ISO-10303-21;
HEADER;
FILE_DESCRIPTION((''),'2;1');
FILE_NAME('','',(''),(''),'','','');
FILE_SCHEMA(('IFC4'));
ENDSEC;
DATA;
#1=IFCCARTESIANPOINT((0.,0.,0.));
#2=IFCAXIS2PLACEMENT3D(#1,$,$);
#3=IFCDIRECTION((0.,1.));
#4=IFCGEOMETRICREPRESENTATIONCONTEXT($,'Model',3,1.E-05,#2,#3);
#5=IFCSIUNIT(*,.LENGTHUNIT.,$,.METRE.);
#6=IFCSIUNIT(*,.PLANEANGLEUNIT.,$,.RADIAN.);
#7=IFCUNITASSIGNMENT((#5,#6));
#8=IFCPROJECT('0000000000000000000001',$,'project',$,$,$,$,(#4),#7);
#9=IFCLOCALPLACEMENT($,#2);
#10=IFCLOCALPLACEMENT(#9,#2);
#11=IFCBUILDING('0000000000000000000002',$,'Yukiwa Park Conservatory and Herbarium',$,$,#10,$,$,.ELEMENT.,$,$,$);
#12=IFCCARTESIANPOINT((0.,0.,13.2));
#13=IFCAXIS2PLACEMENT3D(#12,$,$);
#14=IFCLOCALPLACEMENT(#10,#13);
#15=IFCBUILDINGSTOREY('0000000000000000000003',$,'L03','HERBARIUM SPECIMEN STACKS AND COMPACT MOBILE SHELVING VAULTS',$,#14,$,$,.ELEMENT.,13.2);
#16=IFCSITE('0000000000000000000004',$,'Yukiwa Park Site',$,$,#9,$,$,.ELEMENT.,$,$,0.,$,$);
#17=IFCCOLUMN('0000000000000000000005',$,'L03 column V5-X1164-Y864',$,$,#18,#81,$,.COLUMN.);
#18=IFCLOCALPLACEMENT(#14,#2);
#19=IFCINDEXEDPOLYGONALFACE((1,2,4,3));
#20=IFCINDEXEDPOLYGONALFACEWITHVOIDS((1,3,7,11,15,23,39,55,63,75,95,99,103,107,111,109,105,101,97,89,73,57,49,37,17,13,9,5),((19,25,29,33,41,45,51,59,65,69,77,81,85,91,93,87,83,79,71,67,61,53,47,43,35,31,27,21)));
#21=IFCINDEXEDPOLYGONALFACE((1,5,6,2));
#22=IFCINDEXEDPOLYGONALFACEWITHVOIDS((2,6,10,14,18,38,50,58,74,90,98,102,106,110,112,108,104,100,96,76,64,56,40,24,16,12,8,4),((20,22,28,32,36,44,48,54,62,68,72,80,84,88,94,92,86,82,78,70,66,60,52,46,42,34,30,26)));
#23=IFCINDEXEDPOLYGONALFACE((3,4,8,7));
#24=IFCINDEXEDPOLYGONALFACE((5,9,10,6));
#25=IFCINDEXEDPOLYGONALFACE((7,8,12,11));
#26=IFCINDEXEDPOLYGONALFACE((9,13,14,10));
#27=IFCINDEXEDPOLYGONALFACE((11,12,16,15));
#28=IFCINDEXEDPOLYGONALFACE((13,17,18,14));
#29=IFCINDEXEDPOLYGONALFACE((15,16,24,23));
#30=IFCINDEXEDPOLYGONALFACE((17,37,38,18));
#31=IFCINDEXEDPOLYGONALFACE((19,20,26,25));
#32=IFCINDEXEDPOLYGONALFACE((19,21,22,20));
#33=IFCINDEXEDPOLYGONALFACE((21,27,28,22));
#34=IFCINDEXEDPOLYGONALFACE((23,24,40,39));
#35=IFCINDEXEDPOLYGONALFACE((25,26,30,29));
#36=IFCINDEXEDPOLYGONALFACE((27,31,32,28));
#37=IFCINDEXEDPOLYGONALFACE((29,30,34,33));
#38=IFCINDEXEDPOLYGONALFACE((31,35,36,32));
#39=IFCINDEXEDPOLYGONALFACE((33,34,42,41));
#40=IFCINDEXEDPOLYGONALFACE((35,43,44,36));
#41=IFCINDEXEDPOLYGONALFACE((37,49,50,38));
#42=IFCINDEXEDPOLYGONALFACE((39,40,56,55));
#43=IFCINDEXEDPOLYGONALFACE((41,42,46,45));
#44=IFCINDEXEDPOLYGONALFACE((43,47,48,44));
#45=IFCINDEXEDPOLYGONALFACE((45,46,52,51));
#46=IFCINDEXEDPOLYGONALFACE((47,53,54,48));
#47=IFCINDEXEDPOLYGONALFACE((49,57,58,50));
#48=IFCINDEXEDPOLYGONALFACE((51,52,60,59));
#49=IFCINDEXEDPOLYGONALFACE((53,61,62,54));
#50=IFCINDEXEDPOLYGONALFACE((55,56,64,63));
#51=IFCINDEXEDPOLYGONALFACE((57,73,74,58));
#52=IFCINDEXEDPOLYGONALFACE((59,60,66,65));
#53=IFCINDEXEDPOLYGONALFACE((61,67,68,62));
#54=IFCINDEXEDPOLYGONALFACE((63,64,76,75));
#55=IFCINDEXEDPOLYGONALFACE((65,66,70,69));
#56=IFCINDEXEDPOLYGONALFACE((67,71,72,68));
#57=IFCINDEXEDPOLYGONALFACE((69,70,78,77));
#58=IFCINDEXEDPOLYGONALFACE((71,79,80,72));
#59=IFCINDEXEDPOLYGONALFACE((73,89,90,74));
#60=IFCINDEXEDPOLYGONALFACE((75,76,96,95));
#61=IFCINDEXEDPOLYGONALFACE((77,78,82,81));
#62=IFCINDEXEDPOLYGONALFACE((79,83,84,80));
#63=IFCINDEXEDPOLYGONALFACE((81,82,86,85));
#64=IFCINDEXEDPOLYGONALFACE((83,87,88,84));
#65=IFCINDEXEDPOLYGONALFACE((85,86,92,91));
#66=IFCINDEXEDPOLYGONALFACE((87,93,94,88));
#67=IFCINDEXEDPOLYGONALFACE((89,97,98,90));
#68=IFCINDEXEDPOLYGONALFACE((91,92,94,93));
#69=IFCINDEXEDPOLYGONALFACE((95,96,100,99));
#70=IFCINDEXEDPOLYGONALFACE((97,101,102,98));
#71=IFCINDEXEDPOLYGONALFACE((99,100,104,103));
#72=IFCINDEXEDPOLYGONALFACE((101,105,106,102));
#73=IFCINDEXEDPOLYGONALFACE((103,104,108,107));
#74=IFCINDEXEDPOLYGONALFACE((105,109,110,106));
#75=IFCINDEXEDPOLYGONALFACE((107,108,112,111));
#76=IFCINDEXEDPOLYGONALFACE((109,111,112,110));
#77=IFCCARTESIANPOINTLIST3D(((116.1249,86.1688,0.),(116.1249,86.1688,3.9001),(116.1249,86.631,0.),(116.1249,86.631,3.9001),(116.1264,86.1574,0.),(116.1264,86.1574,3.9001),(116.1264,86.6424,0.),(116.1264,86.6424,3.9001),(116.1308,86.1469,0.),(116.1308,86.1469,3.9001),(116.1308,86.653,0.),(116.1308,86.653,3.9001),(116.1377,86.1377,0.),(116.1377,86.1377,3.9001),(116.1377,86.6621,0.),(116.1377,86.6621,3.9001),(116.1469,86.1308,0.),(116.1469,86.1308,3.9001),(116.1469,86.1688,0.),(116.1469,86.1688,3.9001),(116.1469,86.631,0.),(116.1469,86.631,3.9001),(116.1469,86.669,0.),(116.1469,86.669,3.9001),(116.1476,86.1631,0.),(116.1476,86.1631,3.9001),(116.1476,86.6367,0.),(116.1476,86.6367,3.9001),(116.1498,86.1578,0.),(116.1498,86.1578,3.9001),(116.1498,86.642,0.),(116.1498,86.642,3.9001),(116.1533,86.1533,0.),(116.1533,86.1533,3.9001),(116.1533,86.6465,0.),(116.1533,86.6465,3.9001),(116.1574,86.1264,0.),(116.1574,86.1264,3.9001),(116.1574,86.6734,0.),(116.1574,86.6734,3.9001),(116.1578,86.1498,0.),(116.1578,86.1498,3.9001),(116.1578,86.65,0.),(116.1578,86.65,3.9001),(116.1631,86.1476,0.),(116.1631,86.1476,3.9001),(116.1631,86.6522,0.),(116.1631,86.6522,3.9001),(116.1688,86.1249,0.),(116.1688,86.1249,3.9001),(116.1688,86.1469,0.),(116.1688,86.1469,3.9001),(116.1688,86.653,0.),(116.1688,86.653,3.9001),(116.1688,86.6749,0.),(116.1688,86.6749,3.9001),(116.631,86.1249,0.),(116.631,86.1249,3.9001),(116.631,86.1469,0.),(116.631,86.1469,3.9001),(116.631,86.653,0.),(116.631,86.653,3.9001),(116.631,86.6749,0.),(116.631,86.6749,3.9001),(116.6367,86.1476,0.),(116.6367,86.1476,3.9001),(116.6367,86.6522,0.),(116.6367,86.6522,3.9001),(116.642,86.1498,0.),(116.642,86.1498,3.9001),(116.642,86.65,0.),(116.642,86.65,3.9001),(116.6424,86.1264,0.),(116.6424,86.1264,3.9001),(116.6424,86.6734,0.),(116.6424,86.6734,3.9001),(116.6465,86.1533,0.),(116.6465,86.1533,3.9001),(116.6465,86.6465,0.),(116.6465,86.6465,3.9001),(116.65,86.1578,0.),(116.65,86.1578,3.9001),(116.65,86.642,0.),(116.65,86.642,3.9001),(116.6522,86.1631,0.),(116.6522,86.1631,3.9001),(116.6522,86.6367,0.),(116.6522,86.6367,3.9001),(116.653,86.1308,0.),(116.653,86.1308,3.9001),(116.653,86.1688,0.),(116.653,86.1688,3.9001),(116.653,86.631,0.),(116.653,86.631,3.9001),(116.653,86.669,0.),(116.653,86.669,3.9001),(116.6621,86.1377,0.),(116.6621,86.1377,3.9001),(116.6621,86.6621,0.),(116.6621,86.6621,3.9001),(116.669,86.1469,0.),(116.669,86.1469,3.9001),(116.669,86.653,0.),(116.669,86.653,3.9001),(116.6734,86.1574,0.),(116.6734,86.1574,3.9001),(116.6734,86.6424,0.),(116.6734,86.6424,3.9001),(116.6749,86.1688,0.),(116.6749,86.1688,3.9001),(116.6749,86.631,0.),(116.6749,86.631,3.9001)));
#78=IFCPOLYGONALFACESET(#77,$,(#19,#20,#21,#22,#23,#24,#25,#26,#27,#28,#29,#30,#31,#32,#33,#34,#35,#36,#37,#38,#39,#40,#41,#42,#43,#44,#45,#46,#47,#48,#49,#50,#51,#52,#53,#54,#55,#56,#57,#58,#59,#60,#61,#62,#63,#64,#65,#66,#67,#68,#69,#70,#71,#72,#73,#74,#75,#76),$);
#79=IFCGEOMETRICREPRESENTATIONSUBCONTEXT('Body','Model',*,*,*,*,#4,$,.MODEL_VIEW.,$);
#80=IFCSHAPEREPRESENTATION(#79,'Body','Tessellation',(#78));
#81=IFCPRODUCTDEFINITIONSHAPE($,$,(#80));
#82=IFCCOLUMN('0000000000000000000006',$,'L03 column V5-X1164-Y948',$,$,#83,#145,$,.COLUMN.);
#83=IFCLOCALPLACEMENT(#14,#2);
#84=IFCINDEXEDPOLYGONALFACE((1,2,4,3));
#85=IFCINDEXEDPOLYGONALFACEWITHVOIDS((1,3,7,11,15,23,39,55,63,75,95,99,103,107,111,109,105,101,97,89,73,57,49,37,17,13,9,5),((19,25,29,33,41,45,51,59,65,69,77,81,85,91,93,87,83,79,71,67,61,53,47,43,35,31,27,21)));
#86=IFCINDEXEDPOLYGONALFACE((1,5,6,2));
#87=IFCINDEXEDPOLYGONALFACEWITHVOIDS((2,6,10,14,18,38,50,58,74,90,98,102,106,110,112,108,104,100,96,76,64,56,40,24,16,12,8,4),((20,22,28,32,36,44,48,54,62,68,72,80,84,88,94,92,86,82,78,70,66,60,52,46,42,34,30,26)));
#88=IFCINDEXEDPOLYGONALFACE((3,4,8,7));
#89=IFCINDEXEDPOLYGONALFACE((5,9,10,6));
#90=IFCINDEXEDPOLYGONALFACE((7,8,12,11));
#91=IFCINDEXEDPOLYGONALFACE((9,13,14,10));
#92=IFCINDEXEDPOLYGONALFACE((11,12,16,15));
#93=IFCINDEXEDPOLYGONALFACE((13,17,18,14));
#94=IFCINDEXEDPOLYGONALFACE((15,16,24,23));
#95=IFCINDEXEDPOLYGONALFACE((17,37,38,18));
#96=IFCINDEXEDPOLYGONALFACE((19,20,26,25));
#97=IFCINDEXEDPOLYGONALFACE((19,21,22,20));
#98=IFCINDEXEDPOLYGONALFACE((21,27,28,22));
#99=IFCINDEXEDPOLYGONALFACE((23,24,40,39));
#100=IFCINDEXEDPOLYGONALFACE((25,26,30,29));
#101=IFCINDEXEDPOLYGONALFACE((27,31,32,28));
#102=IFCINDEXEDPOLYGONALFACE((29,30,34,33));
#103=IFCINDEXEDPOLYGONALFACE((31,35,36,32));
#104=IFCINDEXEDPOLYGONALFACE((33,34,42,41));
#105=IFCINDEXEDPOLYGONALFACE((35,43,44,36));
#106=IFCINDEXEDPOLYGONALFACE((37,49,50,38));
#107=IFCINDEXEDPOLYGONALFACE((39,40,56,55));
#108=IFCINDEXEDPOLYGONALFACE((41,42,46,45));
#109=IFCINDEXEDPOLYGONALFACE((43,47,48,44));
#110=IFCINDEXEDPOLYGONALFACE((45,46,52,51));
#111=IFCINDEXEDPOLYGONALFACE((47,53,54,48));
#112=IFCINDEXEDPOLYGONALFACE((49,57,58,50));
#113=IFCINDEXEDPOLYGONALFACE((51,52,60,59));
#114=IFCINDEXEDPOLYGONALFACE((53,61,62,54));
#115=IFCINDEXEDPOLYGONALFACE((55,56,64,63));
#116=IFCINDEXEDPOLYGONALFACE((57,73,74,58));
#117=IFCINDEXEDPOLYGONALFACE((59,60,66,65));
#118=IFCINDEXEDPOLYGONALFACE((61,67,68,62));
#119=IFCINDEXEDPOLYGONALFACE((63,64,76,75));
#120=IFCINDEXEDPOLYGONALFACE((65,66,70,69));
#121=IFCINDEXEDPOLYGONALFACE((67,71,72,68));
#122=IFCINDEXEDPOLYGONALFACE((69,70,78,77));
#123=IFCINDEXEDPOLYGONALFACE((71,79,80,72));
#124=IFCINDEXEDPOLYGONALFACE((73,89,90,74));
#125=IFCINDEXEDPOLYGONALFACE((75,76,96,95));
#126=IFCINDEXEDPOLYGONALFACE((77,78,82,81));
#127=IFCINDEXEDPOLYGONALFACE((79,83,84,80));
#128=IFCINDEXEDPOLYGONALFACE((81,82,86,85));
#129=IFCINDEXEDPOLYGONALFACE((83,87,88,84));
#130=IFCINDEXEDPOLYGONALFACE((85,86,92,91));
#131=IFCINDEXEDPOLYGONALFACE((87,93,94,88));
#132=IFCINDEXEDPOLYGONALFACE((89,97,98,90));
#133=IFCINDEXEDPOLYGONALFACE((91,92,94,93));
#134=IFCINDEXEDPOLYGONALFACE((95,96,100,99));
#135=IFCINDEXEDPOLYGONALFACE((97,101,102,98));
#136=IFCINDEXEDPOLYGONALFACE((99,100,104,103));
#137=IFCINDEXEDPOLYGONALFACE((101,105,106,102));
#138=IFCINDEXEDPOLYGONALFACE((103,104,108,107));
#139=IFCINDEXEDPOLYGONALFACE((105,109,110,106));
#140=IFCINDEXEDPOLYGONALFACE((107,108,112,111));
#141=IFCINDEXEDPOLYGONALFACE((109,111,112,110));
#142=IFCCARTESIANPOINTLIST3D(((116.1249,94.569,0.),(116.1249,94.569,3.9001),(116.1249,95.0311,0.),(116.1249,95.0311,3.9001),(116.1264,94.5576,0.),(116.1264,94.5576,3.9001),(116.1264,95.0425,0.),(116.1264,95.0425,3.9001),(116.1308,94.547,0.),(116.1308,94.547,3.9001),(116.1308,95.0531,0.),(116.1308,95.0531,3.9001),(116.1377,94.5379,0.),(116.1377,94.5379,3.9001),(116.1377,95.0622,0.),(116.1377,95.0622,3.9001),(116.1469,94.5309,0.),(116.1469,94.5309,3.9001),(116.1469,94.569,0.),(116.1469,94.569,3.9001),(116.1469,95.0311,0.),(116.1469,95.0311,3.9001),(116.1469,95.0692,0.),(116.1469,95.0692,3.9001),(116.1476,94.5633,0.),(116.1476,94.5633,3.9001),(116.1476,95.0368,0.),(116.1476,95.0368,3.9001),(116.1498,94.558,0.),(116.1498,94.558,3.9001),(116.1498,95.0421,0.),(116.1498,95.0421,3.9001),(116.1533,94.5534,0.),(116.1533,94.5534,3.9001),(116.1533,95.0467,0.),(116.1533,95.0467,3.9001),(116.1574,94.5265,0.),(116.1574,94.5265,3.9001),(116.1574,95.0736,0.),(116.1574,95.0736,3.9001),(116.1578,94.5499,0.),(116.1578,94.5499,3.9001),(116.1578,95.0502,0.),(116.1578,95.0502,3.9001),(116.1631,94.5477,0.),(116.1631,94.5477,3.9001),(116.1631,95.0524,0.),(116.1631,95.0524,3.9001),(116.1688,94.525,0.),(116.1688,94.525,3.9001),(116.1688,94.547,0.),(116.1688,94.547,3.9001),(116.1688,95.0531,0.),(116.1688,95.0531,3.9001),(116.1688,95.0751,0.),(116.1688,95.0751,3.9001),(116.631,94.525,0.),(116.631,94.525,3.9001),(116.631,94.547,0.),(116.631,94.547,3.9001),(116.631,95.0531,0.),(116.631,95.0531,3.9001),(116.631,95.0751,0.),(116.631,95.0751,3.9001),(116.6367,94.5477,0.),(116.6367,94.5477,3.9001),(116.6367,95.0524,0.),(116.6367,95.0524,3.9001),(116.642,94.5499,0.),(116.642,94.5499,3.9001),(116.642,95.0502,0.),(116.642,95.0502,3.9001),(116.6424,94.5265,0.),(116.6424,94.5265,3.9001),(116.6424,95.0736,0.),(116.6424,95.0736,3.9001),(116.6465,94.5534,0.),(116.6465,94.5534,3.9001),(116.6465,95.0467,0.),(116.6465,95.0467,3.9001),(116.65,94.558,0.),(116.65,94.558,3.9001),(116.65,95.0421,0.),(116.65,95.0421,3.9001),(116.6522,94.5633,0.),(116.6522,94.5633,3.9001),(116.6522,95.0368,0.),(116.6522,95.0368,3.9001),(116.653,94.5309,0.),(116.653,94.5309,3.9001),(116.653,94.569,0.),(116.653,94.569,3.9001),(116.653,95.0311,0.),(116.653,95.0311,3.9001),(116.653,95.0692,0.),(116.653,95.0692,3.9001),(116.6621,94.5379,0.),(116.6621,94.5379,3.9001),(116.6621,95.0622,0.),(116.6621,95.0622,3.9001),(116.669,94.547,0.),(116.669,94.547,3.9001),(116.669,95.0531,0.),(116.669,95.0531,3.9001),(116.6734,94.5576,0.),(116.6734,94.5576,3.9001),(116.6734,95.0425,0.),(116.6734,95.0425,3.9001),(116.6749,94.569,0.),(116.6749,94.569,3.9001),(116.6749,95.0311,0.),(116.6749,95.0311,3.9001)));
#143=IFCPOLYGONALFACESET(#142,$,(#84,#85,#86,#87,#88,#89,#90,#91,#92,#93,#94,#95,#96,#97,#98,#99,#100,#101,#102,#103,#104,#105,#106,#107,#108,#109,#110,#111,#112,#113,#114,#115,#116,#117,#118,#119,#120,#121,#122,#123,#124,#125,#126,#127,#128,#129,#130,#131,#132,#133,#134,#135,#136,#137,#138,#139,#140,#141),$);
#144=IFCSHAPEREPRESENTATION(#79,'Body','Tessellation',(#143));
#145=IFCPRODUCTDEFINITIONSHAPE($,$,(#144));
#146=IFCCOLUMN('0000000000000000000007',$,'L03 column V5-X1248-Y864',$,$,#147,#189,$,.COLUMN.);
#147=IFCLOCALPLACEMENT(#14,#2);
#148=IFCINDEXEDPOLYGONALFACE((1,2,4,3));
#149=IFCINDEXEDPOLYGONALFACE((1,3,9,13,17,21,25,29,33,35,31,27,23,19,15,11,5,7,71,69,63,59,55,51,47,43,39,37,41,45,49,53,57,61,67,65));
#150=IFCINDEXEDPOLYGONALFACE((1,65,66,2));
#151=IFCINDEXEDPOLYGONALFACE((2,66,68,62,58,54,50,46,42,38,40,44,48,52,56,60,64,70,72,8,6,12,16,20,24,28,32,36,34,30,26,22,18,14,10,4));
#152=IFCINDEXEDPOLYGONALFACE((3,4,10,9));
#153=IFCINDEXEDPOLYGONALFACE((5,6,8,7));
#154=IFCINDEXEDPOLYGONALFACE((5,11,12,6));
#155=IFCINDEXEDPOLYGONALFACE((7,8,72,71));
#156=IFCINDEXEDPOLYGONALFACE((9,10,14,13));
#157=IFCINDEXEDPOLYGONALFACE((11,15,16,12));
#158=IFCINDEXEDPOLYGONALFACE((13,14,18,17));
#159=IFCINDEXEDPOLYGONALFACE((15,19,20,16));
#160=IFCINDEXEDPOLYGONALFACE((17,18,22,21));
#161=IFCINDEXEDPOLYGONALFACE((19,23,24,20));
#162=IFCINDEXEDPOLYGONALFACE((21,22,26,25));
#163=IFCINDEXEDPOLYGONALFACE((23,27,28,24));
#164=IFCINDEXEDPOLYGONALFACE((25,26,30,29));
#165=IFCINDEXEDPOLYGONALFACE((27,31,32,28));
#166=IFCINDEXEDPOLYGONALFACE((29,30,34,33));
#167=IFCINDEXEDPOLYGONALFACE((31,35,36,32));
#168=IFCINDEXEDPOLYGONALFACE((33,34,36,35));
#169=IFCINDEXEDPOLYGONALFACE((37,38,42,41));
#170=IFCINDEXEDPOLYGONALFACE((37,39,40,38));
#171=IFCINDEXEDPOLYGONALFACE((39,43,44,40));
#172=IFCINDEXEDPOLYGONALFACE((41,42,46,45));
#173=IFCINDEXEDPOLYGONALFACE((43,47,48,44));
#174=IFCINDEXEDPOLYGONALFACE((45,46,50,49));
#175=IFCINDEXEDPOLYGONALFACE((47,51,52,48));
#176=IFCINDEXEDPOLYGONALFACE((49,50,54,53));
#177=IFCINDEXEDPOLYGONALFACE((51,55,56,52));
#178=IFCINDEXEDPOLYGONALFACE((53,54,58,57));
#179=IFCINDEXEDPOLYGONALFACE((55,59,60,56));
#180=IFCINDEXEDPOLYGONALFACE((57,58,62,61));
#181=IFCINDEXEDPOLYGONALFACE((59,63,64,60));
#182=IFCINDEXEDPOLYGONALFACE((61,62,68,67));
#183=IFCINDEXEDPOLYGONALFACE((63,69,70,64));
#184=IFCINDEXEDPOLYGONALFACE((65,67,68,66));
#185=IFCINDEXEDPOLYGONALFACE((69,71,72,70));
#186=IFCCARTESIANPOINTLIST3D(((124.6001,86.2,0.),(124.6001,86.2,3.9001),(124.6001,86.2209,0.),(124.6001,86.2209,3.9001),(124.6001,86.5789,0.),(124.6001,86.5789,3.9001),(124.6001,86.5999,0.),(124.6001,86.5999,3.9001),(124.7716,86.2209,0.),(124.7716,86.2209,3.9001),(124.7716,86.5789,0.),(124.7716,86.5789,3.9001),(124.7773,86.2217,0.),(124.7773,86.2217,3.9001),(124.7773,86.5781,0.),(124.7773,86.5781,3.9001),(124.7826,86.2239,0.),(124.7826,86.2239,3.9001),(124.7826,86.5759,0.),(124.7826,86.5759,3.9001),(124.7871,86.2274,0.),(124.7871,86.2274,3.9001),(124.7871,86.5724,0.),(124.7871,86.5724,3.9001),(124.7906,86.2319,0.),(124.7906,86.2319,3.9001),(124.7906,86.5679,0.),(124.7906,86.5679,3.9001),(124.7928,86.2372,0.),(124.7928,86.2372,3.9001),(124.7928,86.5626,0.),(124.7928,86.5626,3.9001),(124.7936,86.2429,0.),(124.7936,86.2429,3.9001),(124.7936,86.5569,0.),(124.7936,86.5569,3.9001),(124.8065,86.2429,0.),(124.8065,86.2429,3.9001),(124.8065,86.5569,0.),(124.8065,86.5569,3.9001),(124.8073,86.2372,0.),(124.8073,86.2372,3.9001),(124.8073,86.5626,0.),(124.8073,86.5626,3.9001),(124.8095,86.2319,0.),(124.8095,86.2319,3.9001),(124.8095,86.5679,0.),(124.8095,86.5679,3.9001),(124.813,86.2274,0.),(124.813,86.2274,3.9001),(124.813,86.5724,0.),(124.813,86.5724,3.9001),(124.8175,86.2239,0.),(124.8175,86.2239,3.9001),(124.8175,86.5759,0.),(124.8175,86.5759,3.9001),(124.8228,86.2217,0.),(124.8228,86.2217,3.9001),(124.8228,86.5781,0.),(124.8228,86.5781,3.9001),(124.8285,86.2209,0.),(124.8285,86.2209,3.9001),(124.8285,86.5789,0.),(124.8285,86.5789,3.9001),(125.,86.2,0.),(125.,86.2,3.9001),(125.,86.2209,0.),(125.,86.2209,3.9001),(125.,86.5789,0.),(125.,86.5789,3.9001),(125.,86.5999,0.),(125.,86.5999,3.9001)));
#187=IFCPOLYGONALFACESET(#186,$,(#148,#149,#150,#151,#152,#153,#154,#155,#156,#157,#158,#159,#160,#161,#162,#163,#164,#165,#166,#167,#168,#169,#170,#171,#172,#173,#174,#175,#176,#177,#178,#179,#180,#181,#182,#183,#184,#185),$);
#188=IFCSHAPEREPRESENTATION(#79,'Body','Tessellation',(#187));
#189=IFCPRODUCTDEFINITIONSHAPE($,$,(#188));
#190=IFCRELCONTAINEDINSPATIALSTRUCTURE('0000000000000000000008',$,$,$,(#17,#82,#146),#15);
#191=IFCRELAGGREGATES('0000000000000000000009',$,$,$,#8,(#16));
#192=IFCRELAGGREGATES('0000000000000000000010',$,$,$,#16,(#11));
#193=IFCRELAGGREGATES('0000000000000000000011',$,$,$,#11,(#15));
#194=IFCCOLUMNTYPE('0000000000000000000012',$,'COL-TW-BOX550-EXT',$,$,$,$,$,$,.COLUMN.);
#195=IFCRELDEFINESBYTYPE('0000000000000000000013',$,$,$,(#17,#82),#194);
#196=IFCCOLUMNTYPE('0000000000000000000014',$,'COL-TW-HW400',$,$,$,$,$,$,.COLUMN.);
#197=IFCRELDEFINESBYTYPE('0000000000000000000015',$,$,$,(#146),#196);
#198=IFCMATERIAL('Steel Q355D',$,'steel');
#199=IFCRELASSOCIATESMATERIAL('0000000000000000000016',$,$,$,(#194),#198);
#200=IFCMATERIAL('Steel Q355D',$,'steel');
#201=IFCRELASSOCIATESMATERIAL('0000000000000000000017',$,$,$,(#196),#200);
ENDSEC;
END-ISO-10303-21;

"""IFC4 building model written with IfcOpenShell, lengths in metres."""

from ifc_helpers import new_model, si_unit, direction, frame, origin, origin_2d, place, context, subcontext, project, spatial, hollow_rectangle, i_section, extrude, material, material_profile, profile_set, type_object, element, save


model = new_model("IFC4")

# Units and contexts
model_context = context("Model", 3, precision=1e-05, world=origin(), true_north=direction((0.0, 1.0)))
body_context = subcontext(model_context, "Body", "Model", "MODEL_VIEW")
ifc_project = project(units=[si_unit("LENGTHUNIT", "METRE"), si_unit("PLANEANGLEUNIT", "RADIAN")], contexts=[model_context])

# Site, building, storey
site_placement = place(None, origin())
site = spatial("IfcSite", under=ifc_project, at=site_placement, Name="Yukiwa Park Site", CompositionType="ELEMENT", RefElevation=0.0)
building_placement = place(site_placement, origin())
building = spatial("IfcBuilding", under=site, at=building_placement, Name="Yukiwa Park Conservatory and Herbarium", CompositionType="ELEMENT")
storey_placement = place(building_placement, frame((0.0, 0.0, 13.2)))
storey = spatial("IfcBuildingStorey", under=building, at=storey_placement, Name="L03", Description="HERBARIUM SPECIMEN STACKS AND COMPACT MOBILE SHELVING VAULTS", CompositionType="ELEMENT", Elevation=13.2)

# Columns
ifc_material_1 = material(Name="Steel Q355D", Category="steel")
ifc_material_profile_1 = material_profile(ifc_material_1, hollow_rectangle(XDim=0.55, YDim=0.55, WallThickness=0.022, InnerFilletRadius=0.022, OuterFilletRadius=0.0439, at=origin_2d()), Name="BOX 550x550x22")
ifc_profile_set_1 = profile_set([ifc_material_profile_1], Name="Steel Q355D")
column_type_1 = type_object("IfcColumnType", Name="COL-TW-BOX550-EXT", PredefinedType="COLUMN", material=ifc_profile_set_1)
for number, where, z_axis, x_axis, name in (
    (1, (116.3999, 86.3999, 0.0), (0.0, 0.0, 1.0), (1.0, 0.0, 0.0), "L03 column V5-X1164-Y864"),
    (2, (116.3999, 94.8, 0.0), (0.0, 0.0, 1.0), (1.0, 0.0, 0.0), "L03 column V5-X1164-Y948"),
):
    element("IfcColumn", number, at=place(storey_placement, frame(where, z_axis=z_axis, x_axis=x_axis)), inside=storey, type_object=column_type_1, Name=name, PredefinedType="COLUMN", context=body_context, shape_type="SweptSolid", body=[
        extrude(hollow_rectangle(XDim=0.55, YDim=0.55, WallThickness=0.022, InnerFilletRadius=0.022, OuterFilletRadius=0.0439, at=origin_2d()), origin(), (0.0, 0.0, 1.0), 3.9001),
    ])
ifc_material_2 = material(Name="Steel Q355D", Category="steel")
ifc_material_profile_2 = material_profile(ifc_material_2, i_section(OverallWidth=0.3999, OverallDepth=0.3999, WebThickness=0.0129, FlangeThickness=0.021, FilletRadius=0.022, at=origin_2d()), Name="HW 400x400x13x21")
ifc_profile_set_2 = profile_set([ifc_material_profile_2], Name="Steel Q355D")
column_type_2 = type_object("IfcColumnType", Name="COL-TW-HW400", PredefinedType="COLUMN", material=ifc_profile_set_2)
column_1_placement = place(storey_placement, frame((124.8, 86.3999, 0.0), z_axis=(0.0, 0.0, 1.0), x_axis=(1.0, 0.0, 0.0)))
element("IfcColumn", 3, at=column_1_placement, inside=storey, type_object=column_type_2, Name="L03 column V5-X1248-Y864", PredefinedType="COLUMN", context=body_context, shape_type="SweptSolid", body=[
    extrude(i_section(OverallWidth=0.3999, OverallDepth=0.3999, WebThickness=0.0129, FlangeThickness=0.021, FilletRadius=0.022, at=origin_2d()), origin(), (0.0, 0.0, 1.0), 3.9001),
])

save(model, "model.ifc")
